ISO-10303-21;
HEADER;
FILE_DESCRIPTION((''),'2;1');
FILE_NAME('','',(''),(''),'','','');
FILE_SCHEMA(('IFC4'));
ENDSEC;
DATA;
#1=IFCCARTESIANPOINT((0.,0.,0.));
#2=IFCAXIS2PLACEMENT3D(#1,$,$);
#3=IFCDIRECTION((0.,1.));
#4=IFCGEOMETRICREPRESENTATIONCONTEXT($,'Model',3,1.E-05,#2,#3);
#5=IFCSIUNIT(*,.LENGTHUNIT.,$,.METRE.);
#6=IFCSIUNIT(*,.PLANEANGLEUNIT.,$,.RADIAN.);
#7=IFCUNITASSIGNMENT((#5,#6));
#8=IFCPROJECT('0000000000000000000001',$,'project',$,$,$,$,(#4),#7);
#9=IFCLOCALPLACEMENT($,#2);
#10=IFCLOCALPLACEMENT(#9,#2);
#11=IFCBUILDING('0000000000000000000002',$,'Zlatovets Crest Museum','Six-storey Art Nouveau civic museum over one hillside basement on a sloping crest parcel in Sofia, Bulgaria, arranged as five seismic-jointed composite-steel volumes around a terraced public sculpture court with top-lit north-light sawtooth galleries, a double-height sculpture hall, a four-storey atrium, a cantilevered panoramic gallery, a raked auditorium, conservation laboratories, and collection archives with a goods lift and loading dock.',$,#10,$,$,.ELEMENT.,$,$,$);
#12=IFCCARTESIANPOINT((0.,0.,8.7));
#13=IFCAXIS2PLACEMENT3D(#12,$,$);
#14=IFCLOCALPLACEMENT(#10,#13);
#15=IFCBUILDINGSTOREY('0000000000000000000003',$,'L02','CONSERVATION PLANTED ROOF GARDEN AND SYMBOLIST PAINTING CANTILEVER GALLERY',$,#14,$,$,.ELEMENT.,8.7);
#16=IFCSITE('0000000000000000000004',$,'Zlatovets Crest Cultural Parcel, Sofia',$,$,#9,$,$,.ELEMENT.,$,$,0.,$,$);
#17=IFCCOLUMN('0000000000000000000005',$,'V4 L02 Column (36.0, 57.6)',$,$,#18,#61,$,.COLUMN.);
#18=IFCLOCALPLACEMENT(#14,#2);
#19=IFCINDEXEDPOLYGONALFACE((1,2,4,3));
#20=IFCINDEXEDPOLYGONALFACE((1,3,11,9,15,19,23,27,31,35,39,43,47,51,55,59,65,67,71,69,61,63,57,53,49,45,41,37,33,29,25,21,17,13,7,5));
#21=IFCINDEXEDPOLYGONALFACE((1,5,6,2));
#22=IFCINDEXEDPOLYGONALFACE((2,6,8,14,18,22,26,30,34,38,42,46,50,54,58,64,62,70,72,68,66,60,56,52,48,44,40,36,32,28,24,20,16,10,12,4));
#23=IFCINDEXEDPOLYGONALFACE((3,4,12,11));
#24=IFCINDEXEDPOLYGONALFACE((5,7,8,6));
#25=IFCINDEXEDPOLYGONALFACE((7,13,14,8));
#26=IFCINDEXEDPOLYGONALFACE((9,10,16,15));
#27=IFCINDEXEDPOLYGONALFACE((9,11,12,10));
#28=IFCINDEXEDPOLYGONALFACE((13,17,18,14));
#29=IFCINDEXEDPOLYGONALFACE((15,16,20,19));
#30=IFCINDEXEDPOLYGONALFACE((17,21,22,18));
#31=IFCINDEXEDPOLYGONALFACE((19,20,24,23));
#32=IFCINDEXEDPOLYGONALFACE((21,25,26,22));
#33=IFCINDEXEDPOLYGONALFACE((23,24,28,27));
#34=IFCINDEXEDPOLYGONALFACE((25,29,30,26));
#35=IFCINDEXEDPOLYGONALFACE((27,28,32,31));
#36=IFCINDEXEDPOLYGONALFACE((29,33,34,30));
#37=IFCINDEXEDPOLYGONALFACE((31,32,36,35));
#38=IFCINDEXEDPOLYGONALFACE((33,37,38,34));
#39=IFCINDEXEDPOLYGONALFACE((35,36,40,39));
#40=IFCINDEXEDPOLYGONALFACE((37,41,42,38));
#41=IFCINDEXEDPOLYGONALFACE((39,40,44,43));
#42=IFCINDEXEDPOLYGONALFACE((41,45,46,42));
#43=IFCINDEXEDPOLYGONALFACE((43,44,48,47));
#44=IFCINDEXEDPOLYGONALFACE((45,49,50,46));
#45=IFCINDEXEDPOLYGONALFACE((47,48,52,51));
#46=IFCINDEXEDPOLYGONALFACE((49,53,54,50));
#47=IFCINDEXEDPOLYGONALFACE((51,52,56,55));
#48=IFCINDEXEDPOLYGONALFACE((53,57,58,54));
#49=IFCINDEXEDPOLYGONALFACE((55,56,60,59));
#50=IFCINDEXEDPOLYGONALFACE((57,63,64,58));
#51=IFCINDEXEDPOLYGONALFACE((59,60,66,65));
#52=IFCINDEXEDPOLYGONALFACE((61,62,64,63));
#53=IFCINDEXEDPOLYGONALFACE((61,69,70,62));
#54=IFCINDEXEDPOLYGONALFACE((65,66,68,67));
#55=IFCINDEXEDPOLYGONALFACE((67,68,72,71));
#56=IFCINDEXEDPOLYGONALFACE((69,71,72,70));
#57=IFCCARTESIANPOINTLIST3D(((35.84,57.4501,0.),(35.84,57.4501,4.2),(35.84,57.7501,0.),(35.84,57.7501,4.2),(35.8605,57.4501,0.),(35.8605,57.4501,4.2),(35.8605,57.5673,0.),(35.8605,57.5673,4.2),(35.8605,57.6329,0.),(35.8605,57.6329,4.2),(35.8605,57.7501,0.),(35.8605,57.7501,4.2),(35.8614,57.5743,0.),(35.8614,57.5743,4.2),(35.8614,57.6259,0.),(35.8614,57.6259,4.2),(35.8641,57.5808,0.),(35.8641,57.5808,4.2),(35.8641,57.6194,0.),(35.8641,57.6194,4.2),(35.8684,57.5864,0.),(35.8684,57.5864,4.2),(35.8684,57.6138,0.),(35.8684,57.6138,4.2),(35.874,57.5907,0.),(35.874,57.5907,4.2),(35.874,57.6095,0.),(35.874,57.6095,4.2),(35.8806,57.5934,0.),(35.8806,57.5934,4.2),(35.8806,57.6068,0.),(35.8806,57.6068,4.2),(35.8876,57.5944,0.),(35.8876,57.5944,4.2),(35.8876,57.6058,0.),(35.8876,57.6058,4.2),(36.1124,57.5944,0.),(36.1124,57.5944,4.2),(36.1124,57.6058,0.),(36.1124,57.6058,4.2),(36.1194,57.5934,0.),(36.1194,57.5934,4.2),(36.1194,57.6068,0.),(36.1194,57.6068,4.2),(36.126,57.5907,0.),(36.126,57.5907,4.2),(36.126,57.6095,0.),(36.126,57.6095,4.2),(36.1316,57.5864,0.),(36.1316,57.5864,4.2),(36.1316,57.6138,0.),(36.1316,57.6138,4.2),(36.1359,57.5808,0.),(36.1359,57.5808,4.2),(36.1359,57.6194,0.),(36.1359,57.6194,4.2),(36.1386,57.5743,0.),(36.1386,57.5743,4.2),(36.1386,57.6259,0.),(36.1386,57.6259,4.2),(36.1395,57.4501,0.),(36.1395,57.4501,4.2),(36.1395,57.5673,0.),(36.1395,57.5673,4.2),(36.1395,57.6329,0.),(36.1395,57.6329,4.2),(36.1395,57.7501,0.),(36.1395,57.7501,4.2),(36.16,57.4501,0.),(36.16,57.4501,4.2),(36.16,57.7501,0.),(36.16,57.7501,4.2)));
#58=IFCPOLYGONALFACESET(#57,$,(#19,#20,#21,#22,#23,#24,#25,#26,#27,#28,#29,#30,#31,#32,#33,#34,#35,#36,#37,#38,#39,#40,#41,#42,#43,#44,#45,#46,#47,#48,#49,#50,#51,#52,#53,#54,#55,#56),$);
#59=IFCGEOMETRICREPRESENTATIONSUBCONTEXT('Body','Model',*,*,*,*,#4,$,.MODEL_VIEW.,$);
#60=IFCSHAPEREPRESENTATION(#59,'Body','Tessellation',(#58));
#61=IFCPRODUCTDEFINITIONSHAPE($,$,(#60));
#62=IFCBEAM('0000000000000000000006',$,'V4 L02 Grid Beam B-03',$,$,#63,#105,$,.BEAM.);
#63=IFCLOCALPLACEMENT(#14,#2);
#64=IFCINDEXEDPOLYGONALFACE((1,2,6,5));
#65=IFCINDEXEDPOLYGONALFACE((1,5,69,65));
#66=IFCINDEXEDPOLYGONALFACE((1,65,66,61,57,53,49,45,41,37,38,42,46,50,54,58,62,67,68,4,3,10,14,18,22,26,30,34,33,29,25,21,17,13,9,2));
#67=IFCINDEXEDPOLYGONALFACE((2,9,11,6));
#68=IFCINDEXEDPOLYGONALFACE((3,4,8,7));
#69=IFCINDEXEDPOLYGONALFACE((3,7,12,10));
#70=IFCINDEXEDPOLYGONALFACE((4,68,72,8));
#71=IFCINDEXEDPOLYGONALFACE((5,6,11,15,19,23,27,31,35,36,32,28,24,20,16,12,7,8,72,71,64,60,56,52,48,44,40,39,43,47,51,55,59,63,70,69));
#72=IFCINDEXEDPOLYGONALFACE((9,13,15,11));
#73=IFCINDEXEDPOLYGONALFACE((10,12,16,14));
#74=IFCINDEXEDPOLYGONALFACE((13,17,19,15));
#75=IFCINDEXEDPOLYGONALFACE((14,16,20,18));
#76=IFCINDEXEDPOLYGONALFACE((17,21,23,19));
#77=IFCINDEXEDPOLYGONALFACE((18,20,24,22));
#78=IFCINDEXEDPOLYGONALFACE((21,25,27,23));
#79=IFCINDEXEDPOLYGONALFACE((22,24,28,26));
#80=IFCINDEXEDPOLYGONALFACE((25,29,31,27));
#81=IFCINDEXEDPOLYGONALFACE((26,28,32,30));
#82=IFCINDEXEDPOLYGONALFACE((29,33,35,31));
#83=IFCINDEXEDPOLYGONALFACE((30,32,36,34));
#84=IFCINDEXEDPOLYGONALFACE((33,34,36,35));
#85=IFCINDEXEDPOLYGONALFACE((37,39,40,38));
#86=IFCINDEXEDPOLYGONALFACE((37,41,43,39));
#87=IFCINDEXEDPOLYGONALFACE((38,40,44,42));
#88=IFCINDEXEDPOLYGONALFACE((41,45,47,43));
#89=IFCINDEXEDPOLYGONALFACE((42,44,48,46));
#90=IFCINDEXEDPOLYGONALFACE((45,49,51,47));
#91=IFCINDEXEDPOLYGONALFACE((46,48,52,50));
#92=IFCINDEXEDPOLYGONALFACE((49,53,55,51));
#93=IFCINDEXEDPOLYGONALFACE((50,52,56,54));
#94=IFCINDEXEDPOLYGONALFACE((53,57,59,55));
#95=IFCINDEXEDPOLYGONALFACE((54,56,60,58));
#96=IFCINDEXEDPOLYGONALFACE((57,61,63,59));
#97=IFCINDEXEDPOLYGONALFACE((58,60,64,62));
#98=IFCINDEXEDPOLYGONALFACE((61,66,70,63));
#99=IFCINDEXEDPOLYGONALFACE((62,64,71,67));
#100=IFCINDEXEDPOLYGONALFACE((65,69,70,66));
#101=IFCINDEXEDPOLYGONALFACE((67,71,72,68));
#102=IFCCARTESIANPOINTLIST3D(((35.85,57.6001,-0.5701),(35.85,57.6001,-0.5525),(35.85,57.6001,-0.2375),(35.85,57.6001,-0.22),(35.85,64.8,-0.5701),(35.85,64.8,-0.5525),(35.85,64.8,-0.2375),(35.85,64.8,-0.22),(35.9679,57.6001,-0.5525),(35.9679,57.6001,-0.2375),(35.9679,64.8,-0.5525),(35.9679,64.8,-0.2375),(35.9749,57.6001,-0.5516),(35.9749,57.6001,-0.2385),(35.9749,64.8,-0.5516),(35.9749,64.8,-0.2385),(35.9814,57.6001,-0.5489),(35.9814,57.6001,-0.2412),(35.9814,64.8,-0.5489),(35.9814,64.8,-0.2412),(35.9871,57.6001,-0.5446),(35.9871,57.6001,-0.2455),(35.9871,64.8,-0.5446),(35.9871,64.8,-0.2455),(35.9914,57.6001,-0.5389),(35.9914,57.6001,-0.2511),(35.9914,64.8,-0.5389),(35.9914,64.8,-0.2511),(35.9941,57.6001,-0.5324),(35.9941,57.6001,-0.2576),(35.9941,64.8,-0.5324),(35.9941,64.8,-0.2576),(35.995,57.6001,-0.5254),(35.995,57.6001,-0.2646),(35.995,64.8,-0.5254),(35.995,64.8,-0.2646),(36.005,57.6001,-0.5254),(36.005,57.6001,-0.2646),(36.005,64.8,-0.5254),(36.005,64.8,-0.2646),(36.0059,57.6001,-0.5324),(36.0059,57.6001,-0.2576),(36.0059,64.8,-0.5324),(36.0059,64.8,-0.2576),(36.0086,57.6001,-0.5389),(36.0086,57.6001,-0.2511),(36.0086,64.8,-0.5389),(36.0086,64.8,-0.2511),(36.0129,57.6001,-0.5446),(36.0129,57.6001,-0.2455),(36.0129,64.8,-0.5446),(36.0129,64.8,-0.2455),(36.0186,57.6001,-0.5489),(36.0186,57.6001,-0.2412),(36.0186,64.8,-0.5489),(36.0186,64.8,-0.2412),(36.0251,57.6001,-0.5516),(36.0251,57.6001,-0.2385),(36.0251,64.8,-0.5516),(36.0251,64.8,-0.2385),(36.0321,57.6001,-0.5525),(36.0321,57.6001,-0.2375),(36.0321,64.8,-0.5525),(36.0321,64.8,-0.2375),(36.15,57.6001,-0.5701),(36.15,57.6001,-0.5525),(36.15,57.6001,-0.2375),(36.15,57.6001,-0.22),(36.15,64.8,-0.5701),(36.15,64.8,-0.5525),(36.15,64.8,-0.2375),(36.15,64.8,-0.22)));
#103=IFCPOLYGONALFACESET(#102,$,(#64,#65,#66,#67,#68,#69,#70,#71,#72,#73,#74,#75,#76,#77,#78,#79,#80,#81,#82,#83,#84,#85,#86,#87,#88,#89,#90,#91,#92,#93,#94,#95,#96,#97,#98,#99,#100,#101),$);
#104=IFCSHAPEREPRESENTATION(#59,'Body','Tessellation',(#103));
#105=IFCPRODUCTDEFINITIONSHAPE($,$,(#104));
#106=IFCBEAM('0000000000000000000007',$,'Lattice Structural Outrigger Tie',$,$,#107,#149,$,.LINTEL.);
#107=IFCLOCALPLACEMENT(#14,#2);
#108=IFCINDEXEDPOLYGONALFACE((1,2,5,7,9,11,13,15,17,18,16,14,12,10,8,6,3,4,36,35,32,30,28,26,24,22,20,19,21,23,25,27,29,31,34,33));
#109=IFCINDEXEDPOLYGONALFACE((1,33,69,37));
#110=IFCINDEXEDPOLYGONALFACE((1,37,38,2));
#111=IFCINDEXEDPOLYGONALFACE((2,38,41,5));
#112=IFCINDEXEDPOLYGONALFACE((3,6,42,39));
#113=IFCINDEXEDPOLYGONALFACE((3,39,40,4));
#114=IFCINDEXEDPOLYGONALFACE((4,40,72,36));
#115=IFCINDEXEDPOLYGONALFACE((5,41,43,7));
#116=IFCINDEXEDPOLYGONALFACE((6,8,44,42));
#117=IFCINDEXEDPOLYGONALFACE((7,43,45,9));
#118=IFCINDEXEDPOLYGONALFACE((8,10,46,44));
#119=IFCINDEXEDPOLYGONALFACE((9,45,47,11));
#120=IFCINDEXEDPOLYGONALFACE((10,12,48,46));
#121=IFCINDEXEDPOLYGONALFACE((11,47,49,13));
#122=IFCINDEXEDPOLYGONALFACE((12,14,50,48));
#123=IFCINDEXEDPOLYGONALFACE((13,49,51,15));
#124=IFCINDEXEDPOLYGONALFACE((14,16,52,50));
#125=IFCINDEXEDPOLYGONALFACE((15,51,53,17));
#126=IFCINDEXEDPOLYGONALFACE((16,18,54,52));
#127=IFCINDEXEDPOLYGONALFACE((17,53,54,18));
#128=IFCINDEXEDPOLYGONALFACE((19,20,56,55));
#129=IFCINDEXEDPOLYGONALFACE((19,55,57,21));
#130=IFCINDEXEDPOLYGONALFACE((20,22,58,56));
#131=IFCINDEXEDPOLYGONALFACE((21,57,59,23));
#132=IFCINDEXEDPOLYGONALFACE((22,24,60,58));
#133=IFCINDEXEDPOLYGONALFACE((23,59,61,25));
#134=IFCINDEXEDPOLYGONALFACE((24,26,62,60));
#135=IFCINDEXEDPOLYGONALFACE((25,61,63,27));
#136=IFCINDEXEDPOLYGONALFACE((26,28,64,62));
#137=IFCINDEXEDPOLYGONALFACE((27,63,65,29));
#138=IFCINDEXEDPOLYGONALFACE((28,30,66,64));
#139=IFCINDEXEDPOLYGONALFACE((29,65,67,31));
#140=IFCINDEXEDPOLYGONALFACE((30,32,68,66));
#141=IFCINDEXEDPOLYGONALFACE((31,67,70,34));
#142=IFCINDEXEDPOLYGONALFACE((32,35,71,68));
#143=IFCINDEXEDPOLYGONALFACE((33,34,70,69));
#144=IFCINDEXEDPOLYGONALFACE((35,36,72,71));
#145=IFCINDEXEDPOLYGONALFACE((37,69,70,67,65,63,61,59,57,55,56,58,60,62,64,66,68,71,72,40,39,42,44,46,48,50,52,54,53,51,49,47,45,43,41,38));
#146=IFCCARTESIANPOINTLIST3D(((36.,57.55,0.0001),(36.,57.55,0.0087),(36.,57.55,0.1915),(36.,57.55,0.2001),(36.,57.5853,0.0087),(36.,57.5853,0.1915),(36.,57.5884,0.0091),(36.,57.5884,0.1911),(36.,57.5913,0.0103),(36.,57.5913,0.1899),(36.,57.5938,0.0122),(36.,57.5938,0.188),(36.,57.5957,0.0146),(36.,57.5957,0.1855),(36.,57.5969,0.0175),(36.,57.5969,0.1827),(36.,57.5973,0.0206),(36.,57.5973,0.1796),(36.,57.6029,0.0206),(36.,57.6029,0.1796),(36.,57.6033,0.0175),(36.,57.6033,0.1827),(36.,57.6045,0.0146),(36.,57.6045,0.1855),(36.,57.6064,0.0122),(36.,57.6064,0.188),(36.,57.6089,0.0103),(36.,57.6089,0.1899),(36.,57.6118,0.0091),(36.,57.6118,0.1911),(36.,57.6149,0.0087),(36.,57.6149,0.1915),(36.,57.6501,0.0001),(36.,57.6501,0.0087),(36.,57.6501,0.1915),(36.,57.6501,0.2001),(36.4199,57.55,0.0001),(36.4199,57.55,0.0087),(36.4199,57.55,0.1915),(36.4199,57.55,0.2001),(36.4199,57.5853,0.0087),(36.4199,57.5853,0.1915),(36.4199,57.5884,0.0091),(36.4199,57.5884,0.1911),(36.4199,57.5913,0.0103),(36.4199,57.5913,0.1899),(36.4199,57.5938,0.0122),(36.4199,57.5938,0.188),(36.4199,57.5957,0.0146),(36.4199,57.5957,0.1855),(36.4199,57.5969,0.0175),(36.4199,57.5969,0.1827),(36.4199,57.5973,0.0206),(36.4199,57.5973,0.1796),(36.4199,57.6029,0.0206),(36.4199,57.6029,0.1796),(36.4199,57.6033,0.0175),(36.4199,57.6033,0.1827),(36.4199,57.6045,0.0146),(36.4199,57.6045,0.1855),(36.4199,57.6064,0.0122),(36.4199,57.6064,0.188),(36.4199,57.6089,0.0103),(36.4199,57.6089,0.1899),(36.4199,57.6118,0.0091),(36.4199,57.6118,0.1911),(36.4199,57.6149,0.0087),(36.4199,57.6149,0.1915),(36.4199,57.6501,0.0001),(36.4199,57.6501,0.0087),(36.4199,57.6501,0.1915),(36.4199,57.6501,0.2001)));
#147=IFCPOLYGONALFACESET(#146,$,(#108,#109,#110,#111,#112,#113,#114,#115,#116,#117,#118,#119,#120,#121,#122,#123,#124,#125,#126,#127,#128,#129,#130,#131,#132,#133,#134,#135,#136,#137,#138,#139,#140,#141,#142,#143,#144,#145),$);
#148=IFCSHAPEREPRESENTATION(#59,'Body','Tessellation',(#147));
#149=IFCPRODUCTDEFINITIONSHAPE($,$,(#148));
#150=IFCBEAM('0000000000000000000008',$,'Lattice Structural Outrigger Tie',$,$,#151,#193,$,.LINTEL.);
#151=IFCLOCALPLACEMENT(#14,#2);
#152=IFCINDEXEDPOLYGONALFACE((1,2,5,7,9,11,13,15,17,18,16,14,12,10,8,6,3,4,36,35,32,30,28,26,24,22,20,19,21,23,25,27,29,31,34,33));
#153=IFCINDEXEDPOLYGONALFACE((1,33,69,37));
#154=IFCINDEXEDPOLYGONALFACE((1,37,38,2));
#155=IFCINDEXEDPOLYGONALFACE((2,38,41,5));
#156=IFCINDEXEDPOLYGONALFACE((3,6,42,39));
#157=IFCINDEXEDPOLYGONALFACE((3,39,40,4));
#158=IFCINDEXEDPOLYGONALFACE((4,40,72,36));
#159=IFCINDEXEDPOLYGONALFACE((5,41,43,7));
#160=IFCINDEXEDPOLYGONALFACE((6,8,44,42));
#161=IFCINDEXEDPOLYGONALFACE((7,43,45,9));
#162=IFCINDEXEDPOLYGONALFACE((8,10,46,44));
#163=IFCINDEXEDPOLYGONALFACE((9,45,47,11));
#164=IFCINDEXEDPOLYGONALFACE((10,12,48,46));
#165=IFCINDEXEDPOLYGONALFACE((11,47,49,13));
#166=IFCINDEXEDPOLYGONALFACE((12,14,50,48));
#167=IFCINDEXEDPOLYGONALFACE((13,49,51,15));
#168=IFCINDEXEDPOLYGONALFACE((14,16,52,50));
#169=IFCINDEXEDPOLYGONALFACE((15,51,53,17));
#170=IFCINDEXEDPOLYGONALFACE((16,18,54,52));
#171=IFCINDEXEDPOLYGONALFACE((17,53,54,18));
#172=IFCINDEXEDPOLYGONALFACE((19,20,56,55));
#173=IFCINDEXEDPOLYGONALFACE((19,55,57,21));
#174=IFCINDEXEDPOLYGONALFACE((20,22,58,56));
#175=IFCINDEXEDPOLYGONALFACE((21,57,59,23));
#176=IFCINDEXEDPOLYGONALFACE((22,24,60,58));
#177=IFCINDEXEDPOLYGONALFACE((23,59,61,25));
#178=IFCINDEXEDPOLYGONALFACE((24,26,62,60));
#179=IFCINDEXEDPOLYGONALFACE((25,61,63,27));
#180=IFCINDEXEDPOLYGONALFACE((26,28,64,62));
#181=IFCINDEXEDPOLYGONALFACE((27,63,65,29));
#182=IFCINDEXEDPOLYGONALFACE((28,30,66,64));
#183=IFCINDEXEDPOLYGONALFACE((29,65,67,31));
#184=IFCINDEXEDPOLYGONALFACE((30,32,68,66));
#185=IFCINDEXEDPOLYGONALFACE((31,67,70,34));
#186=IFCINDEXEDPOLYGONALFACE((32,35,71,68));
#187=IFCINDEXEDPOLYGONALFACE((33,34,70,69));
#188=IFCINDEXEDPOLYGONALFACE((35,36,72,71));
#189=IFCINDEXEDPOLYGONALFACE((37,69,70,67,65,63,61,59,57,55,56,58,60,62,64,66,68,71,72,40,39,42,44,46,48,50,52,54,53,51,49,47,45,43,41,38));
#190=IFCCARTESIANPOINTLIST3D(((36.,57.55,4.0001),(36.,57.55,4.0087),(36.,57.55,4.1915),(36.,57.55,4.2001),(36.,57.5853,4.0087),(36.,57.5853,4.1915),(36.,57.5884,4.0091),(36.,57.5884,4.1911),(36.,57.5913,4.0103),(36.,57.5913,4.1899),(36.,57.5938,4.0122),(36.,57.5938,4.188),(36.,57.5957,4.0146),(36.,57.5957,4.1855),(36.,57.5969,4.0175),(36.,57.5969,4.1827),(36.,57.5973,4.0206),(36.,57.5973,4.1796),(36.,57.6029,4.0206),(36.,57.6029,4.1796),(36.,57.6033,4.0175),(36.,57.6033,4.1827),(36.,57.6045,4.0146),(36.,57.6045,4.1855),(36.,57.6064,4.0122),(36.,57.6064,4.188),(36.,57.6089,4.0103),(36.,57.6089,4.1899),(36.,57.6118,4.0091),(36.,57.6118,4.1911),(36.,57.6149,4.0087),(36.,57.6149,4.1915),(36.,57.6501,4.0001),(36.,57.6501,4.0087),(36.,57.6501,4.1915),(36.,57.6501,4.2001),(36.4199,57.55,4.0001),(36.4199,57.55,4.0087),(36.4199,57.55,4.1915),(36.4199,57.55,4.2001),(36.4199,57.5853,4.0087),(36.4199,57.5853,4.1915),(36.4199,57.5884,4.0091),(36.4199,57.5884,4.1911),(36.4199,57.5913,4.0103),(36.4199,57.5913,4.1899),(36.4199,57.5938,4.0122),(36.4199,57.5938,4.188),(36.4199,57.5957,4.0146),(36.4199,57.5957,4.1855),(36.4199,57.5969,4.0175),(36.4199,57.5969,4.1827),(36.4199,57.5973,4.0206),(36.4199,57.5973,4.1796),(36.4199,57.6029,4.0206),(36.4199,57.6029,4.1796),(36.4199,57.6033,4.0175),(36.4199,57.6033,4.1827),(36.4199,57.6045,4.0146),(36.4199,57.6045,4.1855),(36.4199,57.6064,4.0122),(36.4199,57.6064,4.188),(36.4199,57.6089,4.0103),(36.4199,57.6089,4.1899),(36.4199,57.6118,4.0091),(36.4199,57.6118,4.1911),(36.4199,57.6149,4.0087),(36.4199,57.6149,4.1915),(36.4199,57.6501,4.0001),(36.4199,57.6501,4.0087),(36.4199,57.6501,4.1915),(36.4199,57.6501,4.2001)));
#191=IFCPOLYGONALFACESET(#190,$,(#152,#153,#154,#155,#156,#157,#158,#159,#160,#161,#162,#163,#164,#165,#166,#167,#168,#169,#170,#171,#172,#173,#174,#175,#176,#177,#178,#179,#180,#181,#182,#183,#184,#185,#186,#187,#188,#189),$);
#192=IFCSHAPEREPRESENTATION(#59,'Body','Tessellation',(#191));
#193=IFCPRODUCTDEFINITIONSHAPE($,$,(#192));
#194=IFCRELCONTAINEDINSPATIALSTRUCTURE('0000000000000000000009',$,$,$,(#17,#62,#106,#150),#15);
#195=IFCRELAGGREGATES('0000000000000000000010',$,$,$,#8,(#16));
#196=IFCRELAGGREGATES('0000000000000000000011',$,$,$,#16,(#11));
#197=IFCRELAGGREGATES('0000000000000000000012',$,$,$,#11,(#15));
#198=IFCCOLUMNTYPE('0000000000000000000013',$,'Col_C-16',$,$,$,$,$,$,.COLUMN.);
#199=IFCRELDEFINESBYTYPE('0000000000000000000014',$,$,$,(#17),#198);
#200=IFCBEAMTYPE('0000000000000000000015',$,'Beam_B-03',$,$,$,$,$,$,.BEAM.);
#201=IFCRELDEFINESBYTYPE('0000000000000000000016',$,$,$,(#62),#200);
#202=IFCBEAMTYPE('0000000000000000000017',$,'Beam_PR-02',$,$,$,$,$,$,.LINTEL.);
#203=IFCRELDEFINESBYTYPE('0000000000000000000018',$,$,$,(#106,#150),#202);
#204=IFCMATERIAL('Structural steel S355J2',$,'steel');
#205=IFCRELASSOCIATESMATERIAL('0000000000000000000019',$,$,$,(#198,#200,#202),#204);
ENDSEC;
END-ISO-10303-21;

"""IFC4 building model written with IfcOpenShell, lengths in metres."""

from ifc_helpers import new_model, si_unit, direction, frame, origin, origin_2d, place, context, subcontext, project, spatial, i_section, extrude, material, material_profile, profile_set, type_object, element, save


model = new_model("IFC4")

# Units and contexts
model_context = context("Model", 3, precision=1e-05, world=origin(), true_north=direction((0.0, 1.0)))
body_context = subcontext(model_context, "Body", "Model", "MODEL_VIEW")
ifc_project = project(units=[si_unit("LENGTHUNIT", "METRE"), si_unit("PLANEANGLEUNIT", "RADIAN")], contexts=[model_context])

# Site, building, storey
site_placement = place(None, origin())
site = spatial("IfcSite", under=ifc_project, at=site_placement, Name="Zlatovets Crest Cultural Parcel, Sofia", CompositionType="ELEMENT", RefElevation=0.0)
building_placement = place(site_placement, origin())
building = spatial("IfcBuilding", under=site, at=building_placement, Name="Zlatovets Crest Museum", Description="Six-storey Art Nouveau civic museum over one hillside basement on a sloping crest parcel in Sofia, Bulgaria, arranged as five seismic-jointed composite-steel volumes around a terraced public sculpture court with top-lit north-light sawtooth galleries, a double-height sculpture hall, a four-storey atrium, a cantilevered panoramic gallery, a raked auditorium, conservation laboratories, and collection archives with a goods lift and loading dock.", CompositionType="ELEMENT")
storey_placement = place(building_placement, frame((0.0, 0.0, 8.7)))
storey = spatial("IfcBuildingStorey", under=building, at=storey_placement, Name="L02", Description="CONSERVATION PLANTED ROOF GARDEN AND SYMBOLIST PAINTING CANTILEVER GALLERY", CompositionType="ELEMENT", Elevation=8.7)

# Column
ifc_material_1 = material(Name="Structural steel S355J2", Category="steel")
ifc_material_profile_1 = material_profile(ifc_material_1, i_section(OverallWidth=0.3, OverallDepth=0.3201, WebThickness=0.0115, FlangeThickness=0.0205, FilletRadius=0.0271, at=origin_2d()), Name="HEB 320")
ifc_profile_set_1 = profile_set([ifc_material_profile_1], Name="Structural steel S355J2")
column_type = type_object("IfcColumnType", Name="Col_C-16", PredefinedType="COLUMN", material=ifc_profile_set_1)
column_placement = place(storey_placement, frame((36.0, 57.6001, 0.0), z_axis=(0.0, 0.0, 1.0), x_axis=(0.0, 1.0, 0.0)))
element("IfcColumn", 1, at=column_placement, inside=storey, type_object=column_type, Name="V4 L02 Column (36.0, 57.6)", PredefinedType="COLUMN", context=body_context, shape_type="SweptSolid", body=[
    extrude(i_section(OverallWidth=0.3, OverallDepth=0.3201, WebThickness=0.0115, FlangeThickness=0.0205, FilletRadius=0.0271, at=origin_2d()), origin(), (0.0, 0.0, 1.0), 4.2),
])

# Beams
ifc_material_profile_2 = material_profile(ifc_material_1, i_section(OverallWidth=0.3, OverallDepth=0.3501, WebThickness=0.01, FlangeThickness=0.0176, FilletRadius=0.0271, at=origin_2d()), Name="HEA 360")
ifc_profile_set_2 = profile_set([ifc_material_profile_2], Name="Structural steel S355J2")
beam_type_1 = type_object("IfcBeamType", Name="Beam_B-03", PredefinedType="BEAM", material=ifc_profile_set_2)
beam_placement = place(storey_placement, frame((36.0, 57.6001, -0.395), z_axis=(0.0, 1.0, 0.0), x_axis=(-1.0, 0.0, 0.0)))
element("IfcBeam", 2, at=beam_placement, inside=storey, type_object=beam_type_1, Name="V4 L02 Grid Beam B-03", PredefinedType="BEAM", context=body_context, shape_type="SweptSolid", body=[
    extrude(i_section(OverallWidth=0.3, OverallDepth=0.3501, WebThickness=0.01, FlangeThickness=0.0176, FilletRadius=0.0271, at=origin_2d()), origin(), (0.0, 0.0, 1.0), 7.2),
])
ifc_material_profile_3 = material_profile(ifc_material_1, i_section(OverallWidth=0.1001, OverallDepth=0.2, WebThickness=0.0056, FlangeThickness=0.0085, FilletRadius=0.012, at=origin_2d()), Name="IPE 200")
ifc_profile_set_3 = profile_set([ifc_material_profile_3], Name="Structural steel S355J2")
beam_type_2 = type_object("IfcBeamType", Name="Beam_PR-02", PredefinedType="LINTEL", material=ifc_profile_set_3)
for number, where, z_axis, x_axis, name in (
    (3, (36.0, 57.6001, 0.1001), (1.0, 0.0, 0.0), (0.0, 1.0, 0.0), "Lattice Structural Outrigger Tie"),
    (4, (36.0, 57.6001, 4.1001), (1.0, 0.0, 0.0), (0.0, 1.0, 0.0), "Lattice Structural Outrigger Tie"),
):
    element("IfcBeam", number, at=place(storey_placement, frame(where, z_axis=z_axis, x_axis=x_axis)), inside=storey, type_object=beam_type_2, Name=name, PredefinedType="LINTEL", context=body_context, shape_type="SweptSolid", body=[
        extrude(i_section(OverallWidth=0.1001, OverallDepth=0.2, WebThickness=0.0056, FlangeThickness=0.0085, FilletRadius=0.012, at=origin_2d()), origin(), (0.0, 0.0, 1.0), 0.4199),
    ])

save(model, "model.ifc")
